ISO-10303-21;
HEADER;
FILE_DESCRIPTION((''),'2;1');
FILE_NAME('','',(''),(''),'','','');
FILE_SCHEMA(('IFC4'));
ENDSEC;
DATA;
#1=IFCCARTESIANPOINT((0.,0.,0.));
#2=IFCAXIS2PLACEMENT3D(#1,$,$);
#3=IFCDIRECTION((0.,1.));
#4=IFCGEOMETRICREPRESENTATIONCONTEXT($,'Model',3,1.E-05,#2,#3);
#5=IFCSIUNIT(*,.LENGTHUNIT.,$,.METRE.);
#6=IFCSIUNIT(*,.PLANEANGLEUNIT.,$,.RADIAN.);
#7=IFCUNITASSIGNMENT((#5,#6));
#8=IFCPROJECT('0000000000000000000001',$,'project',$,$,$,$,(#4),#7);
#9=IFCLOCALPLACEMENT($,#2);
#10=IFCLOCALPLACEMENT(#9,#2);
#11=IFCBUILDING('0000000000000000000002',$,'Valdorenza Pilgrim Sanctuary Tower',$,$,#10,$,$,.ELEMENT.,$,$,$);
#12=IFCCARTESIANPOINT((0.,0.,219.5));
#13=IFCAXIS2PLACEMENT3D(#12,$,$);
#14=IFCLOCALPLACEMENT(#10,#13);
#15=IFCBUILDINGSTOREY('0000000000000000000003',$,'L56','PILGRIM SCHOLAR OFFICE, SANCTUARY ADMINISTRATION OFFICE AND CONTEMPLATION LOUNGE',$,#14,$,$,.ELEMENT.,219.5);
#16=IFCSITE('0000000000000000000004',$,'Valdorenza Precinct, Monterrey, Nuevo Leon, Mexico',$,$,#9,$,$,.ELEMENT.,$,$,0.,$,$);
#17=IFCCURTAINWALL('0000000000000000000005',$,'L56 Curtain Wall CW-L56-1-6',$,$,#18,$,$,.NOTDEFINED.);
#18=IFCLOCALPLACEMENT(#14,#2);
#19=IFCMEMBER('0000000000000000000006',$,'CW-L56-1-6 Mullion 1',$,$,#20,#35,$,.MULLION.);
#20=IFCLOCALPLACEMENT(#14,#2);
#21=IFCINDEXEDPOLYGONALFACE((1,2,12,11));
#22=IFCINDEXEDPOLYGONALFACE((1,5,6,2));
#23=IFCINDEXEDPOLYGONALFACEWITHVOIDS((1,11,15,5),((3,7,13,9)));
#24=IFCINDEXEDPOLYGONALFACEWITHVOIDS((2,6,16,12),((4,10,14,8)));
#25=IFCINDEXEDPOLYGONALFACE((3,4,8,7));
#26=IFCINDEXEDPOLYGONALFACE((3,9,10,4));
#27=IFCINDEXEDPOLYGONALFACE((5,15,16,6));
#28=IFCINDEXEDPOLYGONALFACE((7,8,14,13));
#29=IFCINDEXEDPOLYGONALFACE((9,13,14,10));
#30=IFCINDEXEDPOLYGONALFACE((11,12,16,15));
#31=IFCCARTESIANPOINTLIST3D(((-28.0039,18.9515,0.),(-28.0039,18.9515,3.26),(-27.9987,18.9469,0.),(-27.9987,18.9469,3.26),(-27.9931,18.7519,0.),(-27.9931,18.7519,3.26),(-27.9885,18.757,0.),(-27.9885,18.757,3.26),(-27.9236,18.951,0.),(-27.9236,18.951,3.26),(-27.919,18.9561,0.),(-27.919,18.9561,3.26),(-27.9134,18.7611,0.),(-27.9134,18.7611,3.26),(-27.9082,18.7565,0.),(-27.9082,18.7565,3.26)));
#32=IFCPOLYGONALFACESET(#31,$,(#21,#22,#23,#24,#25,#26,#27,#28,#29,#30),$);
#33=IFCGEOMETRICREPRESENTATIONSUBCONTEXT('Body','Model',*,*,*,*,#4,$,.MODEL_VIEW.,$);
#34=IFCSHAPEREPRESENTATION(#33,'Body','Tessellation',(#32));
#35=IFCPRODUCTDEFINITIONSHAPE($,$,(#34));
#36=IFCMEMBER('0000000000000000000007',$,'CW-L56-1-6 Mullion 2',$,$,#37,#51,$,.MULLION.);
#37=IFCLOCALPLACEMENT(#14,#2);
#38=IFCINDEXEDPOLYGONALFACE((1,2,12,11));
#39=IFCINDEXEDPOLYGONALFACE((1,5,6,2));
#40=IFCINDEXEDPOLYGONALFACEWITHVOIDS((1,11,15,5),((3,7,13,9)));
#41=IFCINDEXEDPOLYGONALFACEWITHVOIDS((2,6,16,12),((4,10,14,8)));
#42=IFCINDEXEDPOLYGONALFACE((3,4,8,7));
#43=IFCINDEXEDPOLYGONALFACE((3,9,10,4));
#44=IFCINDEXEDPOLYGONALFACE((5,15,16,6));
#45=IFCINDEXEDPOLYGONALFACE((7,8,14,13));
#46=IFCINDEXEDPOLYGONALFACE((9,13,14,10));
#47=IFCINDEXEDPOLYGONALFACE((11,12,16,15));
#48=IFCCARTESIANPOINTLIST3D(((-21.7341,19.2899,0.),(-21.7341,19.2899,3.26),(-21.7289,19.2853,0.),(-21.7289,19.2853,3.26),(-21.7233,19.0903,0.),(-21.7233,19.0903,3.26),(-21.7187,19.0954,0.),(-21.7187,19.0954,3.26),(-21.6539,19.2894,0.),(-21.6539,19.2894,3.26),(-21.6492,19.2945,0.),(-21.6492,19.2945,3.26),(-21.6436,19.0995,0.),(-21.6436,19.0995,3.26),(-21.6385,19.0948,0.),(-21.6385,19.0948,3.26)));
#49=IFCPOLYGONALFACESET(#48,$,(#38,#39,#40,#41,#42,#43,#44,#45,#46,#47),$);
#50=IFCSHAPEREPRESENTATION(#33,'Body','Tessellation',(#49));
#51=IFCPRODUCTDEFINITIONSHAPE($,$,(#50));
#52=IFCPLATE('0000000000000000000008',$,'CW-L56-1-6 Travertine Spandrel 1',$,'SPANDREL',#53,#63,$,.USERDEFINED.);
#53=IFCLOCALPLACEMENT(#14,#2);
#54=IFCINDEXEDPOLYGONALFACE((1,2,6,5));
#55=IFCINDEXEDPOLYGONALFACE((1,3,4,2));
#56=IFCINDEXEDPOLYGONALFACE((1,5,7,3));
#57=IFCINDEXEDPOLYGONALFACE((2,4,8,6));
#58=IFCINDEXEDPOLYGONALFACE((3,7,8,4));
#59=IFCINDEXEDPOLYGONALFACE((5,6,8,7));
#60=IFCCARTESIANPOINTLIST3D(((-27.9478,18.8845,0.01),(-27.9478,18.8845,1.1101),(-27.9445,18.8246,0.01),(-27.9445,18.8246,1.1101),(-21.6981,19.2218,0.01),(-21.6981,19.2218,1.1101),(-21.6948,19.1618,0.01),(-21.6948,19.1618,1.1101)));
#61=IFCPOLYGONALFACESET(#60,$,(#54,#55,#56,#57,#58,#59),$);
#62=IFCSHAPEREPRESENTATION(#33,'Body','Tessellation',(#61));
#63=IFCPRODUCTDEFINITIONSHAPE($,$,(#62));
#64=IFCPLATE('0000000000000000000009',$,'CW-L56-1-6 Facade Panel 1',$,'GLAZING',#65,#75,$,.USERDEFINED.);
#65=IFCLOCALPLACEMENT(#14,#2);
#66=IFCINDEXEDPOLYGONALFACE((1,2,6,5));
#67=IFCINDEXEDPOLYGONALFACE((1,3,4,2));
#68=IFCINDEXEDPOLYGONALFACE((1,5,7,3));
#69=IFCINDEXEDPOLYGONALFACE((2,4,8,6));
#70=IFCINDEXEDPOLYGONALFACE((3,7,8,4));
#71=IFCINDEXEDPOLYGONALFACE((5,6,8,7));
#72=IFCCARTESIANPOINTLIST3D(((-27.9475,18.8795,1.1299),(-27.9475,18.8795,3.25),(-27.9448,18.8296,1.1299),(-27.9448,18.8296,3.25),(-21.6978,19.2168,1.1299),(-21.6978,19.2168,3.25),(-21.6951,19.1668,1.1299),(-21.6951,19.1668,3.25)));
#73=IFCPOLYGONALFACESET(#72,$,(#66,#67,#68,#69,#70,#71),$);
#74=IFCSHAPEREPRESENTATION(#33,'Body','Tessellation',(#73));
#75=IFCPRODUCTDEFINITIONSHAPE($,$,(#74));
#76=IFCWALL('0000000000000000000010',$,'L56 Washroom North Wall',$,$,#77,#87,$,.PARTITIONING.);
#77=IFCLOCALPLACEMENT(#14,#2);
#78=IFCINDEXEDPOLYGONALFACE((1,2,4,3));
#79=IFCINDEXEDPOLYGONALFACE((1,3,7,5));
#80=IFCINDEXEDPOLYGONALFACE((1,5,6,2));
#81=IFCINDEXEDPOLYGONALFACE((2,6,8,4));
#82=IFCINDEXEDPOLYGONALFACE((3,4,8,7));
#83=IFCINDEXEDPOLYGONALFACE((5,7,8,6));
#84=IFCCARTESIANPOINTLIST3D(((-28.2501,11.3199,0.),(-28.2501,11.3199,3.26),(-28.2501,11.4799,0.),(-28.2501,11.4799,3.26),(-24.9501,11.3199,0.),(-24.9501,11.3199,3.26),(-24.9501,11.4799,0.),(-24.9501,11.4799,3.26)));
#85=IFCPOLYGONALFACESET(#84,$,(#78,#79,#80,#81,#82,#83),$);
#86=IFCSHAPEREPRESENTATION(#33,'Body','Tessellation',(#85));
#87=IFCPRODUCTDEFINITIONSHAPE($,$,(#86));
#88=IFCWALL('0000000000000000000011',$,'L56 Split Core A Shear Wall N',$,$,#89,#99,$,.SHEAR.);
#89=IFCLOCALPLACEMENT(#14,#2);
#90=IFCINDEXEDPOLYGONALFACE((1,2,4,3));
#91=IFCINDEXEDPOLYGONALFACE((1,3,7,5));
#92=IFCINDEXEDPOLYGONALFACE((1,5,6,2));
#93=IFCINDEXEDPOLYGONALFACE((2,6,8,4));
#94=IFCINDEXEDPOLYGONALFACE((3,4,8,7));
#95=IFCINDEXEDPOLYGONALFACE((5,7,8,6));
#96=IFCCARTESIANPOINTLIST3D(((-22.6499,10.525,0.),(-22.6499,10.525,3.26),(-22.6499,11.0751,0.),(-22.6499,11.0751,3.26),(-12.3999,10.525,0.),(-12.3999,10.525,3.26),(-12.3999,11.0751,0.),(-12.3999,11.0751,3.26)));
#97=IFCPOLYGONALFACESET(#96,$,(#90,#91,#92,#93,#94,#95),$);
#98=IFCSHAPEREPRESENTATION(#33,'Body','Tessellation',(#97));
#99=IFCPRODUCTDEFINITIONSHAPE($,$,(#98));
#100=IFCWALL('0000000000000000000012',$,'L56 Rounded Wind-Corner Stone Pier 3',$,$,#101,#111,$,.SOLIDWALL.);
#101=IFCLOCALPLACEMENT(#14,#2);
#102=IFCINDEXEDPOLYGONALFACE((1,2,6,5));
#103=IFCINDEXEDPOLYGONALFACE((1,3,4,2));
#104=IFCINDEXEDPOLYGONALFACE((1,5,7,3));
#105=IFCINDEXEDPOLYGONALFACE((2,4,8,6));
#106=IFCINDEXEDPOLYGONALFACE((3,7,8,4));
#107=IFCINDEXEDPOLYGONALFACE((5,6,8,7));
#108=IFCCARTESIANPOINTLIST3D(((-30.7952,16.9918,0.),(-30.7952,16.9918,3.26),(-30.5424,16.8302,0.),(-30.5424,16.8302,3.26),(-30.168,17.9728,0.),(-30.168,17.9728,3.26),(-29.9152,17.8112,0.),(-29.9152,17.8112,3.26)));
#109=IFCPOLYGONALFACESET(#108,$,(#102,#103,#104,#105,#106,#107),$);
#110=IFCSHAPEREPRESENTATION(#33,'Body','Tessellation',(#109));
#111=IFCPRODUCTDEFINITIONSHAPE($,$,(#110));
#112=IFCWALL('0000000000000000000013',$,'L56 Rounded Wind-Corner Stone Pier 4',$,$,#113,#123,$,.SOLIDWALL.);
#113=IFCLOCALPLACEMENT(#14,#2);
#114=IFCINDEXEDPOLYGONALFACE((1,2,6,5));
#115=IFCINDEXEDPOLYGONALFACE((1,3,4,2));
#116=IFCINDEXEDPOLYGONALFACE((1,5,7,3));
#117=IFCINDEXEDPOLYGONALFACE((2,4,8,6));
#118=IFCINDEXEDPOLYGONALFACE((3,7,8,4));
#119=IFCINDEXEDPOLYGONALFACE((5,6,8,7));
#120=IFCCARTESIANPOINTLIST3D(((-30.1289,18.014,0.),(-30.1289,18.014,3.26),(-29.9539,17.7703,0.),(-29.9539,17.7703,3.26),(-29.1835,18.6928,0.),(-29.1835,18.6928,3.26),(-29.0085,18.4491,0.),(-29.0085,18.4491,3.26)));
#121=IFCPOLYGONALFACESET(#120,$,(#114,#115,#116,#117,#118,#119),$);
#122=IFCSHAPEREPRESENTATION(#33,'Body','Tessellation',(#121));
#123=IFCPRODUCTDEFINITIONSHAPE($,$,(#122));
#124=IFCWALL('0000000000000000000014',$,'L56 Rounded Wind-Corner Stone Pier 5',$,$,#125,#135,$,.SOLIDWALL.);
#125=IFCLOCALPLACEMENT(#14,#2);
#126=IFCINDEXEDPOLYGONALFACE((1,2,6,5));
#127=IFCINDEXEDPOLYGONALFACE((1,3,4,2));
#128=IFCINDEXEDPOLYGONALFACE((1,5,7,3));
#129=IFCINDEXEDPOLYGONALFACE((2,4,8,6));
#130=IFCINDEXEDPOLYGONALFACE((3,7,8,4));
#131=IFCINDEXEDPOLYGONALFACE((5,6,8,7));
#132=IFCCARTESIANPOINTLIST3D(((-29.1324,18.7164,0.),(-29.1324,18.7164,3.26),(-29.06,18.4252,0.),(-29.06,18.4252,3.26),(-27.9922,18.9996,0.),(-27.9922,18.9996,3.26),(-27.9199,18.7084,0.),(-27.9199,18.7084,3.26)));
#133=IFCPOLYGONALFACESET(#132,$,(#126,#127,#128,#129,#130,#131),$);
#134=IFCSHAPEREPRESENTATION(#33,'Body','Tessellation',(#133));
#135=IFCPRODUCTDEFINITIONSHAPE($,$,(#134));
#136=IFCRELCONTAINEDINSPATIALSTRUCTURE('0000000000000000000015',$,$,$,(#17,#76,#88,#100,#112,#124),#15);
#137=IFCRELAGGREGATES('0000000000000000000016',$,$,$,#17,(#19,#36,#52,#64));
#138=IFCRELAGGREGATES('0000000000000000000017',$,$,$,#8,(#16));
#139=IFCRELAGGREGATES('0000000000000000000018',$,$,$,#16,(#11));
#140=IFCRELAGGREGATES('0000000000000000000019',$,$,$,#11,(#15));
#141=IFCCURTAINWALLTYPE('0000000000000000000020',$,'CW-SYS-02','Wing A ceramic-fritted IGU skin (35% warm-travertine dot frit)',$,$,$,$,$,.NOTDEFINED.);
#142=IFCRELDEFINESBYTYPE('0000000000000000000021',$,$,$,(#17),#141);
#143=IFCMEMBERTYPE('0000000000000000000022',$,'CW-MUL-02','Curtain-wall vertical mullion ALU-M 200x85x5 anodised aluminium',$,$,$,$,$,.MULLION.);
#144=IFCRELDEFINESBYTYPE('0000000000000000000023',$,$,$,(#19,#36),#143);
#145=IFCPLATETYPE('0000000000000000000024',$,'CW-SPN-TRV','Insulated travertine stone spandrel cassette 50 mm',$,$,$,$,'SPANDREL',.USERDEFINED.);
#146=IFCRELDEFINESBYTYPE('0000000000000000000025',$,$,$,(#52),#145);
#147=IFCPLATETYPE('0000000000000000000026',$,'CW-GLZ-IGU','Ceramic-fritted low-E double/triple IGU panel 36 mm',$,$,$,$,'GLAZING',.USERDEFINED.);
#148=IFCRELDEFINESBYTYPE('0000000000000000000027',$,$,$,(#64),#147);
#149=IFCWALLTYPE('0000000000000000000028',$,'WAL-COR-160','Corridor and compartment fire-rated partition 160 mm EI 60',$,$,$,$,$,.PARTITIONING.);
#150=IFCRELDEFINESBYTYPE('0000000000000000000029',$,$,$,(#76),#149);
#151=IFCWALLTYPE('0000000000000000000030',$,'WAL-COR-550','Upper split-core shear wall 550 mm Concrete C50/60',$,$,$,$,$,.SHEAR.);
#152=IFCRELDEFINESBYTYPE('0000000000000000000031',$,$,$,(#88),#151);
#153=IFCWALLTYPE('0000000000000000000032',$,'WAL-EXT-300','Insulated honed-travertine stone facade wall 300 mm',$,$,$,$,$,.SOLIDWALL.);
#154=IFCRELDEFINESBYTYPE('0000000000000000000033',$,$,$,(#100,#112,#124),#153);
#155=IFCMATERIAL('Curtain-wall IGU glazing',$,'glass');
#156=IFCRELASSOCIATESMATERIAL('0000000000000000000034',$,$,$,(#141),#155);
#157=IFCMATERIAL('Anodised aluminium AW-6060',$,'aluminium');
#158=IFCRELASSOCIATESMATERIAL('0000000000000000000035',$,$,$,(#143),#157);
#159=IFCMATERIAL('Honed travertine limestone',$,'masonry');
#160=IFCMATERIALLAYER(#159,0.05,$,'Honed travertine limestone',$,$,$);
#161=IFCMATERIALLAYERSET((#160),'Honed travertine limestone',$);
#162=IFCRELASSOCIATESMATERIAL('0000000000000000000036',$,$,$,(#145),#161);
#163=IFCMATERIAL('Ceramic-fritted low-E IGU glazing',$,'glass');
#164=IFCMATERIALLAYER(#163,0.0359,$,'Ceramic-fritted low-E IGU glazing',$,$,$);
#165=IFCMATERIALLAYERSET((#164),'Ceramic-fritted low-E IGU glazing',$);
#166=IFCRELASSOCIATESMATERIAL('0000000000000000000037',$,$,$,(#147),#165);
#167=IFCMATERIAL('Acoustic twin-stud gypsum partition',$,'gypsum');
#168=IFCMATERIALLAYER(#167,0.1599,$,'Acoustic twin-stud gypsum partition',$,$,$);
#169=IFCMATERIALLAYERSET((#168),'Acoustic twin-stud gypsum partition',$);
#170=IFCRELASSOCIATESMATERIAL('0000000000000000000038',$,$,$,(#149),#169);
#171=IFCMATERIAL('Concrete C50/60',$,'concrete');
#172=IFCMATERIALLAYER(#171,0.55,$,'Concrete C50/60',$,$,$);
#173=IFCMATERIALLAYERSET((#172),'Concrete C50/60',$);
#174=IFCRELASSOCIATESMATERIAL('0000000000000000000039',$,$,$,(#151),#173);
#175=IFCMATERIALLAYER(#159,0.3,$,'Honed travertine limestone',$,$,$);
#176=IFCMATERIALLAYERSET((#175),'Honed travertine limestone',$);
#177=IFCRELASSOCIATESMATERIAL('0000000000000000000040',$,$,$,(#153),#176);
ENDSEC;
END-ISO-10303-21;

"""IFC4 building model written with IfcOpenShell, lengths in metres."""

from ifc_helpers import new_model, si_unit, direction, frame, frame_2d, origin, origin_2d, place, context, subcontext, project, spatial, rectangle, hollow_rectangle, extrude, source, transform, mapped, material, layer, layer_set, material_profile, profile_set, type_object, element, aggregate, save


model = new_model("IFC4")

# Units and contexts
model_context = context("Model", 3, precision=1e-05, world=origin(), true_north=direction((0.0, 1.0)))
body_context = subcontext(model_context, "Body", "Model", "MODEL_VIEW")
ifc_project = project(units=[si_unit("LENGTHUNIT", "METRE"), si_unit("PLANEANGLEUNIT", "RADIAN")], contexts=[model_context])

# Site, building, storey
site_placement = place(None, origin())
site = spatial("IfcSite", under=ifc_project, at=site_placement, Name="Valdorenza Precinct, Monterrey, Nuevo Leon, Mexico", CompositionType="ELEMENT", RefElevation=0.0)
building_placement = place(site_placement, origin())
building = spatial("IfcBuilding", under=site, at=building_placement, Name="Valdorenza Pilgrim Sanctuary Tower", CompositionType="ELEMENT")
storey_placement = place(building_placement, frame((0.0, 0.0, 219.5)))
storey = spatial("IfcBuildingStorey", under=building, at=storey_placement, Name="L56", Description="PILGRIM SCHOLAR OFFICE, SANCTUARY ADMINISTRATION OFFICE AND CONTEMPLATION LOUNGE", CompositionType="ELEMENT", Elevation=219.5)

# Shared definitions
ifc_material_1 = material(Name="Concrete C50/60", Category="concrete")

# Curtain wall, members, plates
ifc_material_2 = material(Name="Curtain-wall IGU glazing", Category="glass")
curtain_wall_type = type_object("IfcCurtainWallType", Name="CW-SYS-02", Description="Wing A ceramic-fritted IGU skin (35% warm-travertine dot frit)", PredefinedType="NOTDEFINED", material=ifc_material_2)
curtain_wall_placement = place(storey_placement, origin())
curtain_wall = element("IfcCurtainWall", 1, at=curtain_wall_placement, inside=storey, type_object=curtain_wall_type, Name="L56 Curtain Wall CW-L56-1-6", PredefinedType="NOTDEFINED")
ifc_material_3 = material(Name="Anodised aluminium AW-6060", Category="aluminium")
ifc_material_profile_1 = material_profile(ifc_material_3, hollow_rectangle(XDim=0.085, YDim=0.2, WallThickness=0.0049, at=origin_2d()), Name="ALU-M 200x85x5")
ifc_profile_set_1 = profile_set([ifc_material_profile_1], Name="Anodised aluminium AW-6060")
member_type_1 = type_object("IfcMemberType", Name="CW-MUL-02", Description="Curtain-wall vertical mullion ALU-M 200x85x5 anodised aluminium", PredefinedType="MULLION", material=ifc_profile_set_1)
shared_shape_1 = source(origin(), body_context, "Body", "SweptSolid", [
    extrude(hollow_rectangle(XDim=0.085, YDim=0.2, WallThickness=0.0049, at=origin_2d()), origin(), (0.0, 0.0, 1.0), 3.26),
])
member_1_placement = place(storey_placement, frame((-27.9561, 18.854, 0.0), z_axis=(0.0, 0.0, 1.0), x_axis=(0.998547, 0.053887, 0.0)))
member_1 = element("IfcMember", 2, at=member_1_placement, type_object=member_type_1, Name="CW-L56-1-6 Mullion 1", PredefinedType="MULLION", context=body_context, shape_type="MappedRepresentation", body=[
    mapped(shared_shape_1, transform((0.0, 0.0, 0.0), x_axis=(1.0, 0.0, 0.0), y_axis=(0.0, 1.0, 0.0), z_axis=(0.0, 0.0, 1.0), scale=1.0)),
])
member_2_placement = place(storey_placement, frame((-21.6863, 19.1924, 0.0), z_axis=(0.0, 0.0, 1.0), x_axis=(0.998547, 0.053887, 0.0)))
member_2 = element("IfcMember", 3, at=member_2_placement, type_object=member_type_1, Name="CW-L56-1-6 Mullion 2", PredefinedType="MULLION", context=body_context, shape_type="MappedRepresentation", body=[
    mapped(shared_shape_1, transform((0.0, 0.0, 0.0), x_axis=(1.0, 0.0, 0.0), y_axis=(0.0, 1.0, 0.0), z_axis=(0.0, 0.0, 1.0), scale=1.0)),
])
ifc_material_4 = material(Name="Honed travertine limestone", Category="masonry")
ifc_layer_1 = layer(ifc_material_4, 0.05, Name="Honed travertine limestone")
ifc_layer_set_1 = layer_set([ifc_layer_1], Name="Honed travertine limestone")
plate_type_1 = type_object("IfcPlateType", Name="CW-SPN-TRV", Description="Insulated travertine stone spandrel cassette 50 mm", ElementType="SPANDREL", PredefinedType="USERDEFINED", material=ifc_layer_set_1)
shared_shape_2 = source(origin(), body_context, "Body", "SweptSolid", [
    extrude(rectangle(XDim=6.2588, YDim=0.0601, at=origin_2d()), origin(), (0.0, 0.0, 1.0), 1.1001),
])
plate_1_placement = place(storey_placement, frame((-24.8213, 19.0232, 0.01), z_axis=(0.0, 0.0, 1.0), x_axis=(0.998547, 0.053887, 0.0)))
plate_1 = element("IfcPlate", 4, at=plate_1_placement, type_object=plate_type_1, Name="CW-L56-1-6 Travertine Spandrel 1", ObjectType="SPANDREL", PredefinedType="USERDEFINED", context=body_context, shape_type="MappedRepresentation", body=[
    mapped(shared_shape_2, transform((0.0, 0.0, 0.0), x_axis=(1.0, 0.0, 0.0), y_axis=(0.0, 1.0, 0.0), z_axis=(0.0, 0.0, 1.0), scale=1.0)),
])
ifc_material_5 = material(Name="Ceramic-fritted low-E IGU glazing", Category="glass")
ifc_layer_2 = layer(ifc_material_5, 0.0359, Name="Ceramic-fritted low-E IGU glazing")
ifc_layer_set_2 = layer_set([ifc_layer_2], Name="Ceramic-fritted low-E IGU glazing")
plate_type_2 = type_object("IfcPlateType", Name="CW-GLZ-IGU", Description="Ceramic-fritted low-E double/triple IGU panel 36 mm", ElementType="GLAZING", PredefinedType="USERDEFINED", material=ifc_layer_set_2)
shared_shape_3 = source(origin(), body_context, "Body", "SweptSolid", [
    extrude(rectangle(XDim=6.2588, YDim=0.05, at=origin_2d()), origin(), (0.0, 0.0, 1.0), 2.1201),
])
plate_2_placement = place(storey_placement, frame((-24.8213, 19.0232, 1.1299), z_axis=(0.0, 0.0, 1.0), x_axis=(0.998547, 0.053887, 0.0)))
plate_2 = element("IfcPlate", 5, at=plate_2_placement, type_object=plate_type_2, Name="CW-L56-1-6 Facade Panel 1", ObjectType="GLAZING", PredefinedType="USERDEFINED", context=body_context, shape_type="MappedRepresentation", body=[
    mapped(shared_shape_3, transform((0.0, 0.0, 0.0), x_axis=(1.0, 0.0, 0.0), y_axis=(0.0, 1.0, 0.0), z_axis=(0.0, 0.0, 1.0), scale=1.0)),
])
aggregate(curtain_wall, [member_1, member_2, plate_1, plate_2])

# Walls
ifc_material_6 = material(Name="Acoustic twin-stud gypsum partition", Category="gypsum")
ifc_layer_3 = layer(ifc_material_6, 0.1599, Name="Acoustic twin-stud gypsum partition")
ifc_layer_set_3 = layer_set([ifc_layer_3], Name="Acoustic twin-stud gypsum partition")
wall_type_1 = type_object("IfcWallType", Name="WAL-COR-160", Description="Corridor and compartment fire-rated partition 160 mm EI 60", PredefinedType="PARTITIONING", material=ifc_layer_set_3)
wall_1_placement = place(storey_placement, frame((-28.25, 11.3999, 0.0), z_axis=(0.0, 0.0, 1.0), x_axis=(1.0, 0.0, 0.0)))
element("IfcWall", 6, at=wall_1_placement, inside=storey, type_object=wall_type_1, Name="L56 Washroom North Wall", PredefinedType="PARTITIONING", context=body_context, shape_type="SweptSolid", body=[
    extrude(rectangle(XDim=3.3, YDim=0.1599, at=frame_2d((1.6499, 0.0))), origin(), (0.0, 0.0, 1.0), 3.26),
])
ifc_layer_4 = layer(ifc_material_1, 0.55, Name="Concrete C50/60")
ifc_layer_set_4 = layer_set([ifc_layer_4], Name="Concrete C50/60")
wall_type_2 = type_object("IfcWallType", Name="WAL-COR-550", Description="Upper split-core shear wall 550 mm Concrete C50/60", PredefinedType="SHEAR", material=ifc_layer_set_4)
wall_2_placement = place(storey_placement, frame((-22.6499, 10.8, 0.0), z_axis=(0.0, 0.0, 1.0), x_axis=(1.0, 0.0, 0.0)))
element("IfcWall", 7, at=wall_2_placement, inside=storey, type_object=wall_type_2, Name="L56 Split Core A Shear Wall N", PredefinedType="SHEAR", context=body_context, shape_type="SweptSolid", body=[
    extrude(rectangle(XDim=10.25, YDim=0.55, at=frame_2d((5.125, 0.0))), origin(), (0.0, 0.0, 1.0), 3.26),
])
ifc_layer_5 = layer(ifc_material_4, 0.3, Name="Honed travertine limestone")
ifc_layer_set_5 = layer_set([ifc_layer_5], Name="Honed travertine limestone")
wall_type_3 = type_object("IfcWallType", Name="WAL-EXT-300", Description="Insulated honed-travertine stone facade wall 300 mm", PredefinedType="SOLIDWALL", material=ifc_layer_set_5)
wall_3_placement = place(storey_placement, frame((-30.6687, 16.9111, 0.0), z_axis=(0.0, 0.0, 1.0), x_axis=(0.538679, 0.842511, 0.0)))
element("IfcWall", 8, at=wall_3_placement, inside=storey, type_object=wall_type_3, Name="L56 Rounded Wind-Corner Stone Pier 3", PredefinedType="SOLIDWALL", context=body_context, shape_type="SweptSolid", body=[
    extrude(rectangle(XDim=1.1643, YDim=0.3, at=frame_2d((0.582, 0.0))), origin(), (0.0, 0.0, 1.0), 3.26),
])
wall_4_placement = place(storey_placement, frame((-30.0415, 17.8921, 0.0), z_axis=(0.0, 0.0, 1.0), x_axis=(0.812314, 0.583221, 0.0)))
element("IfcWall", 9, at=wall_4_placement, inside=storey, type_object=wall_type_3, Name="L56 Rounded Wind-Corner Stone Pier 4", PredefinedType="SOLIDWALL", context=body_context, shape_type="SweptSolid", body=[
    extrude(rectangle(XDim=1.1638, YDim=0.3, at=frame_2d((0.582, 0.0))), origin(), (0.0, 0.0, 1.0), 3.26),
])
wall_5_placement = place(storey_placement, frame((-29.0962, 18.5708, 0.0), z_axis=(0.0, 0.0, 1.0), x_axis=(0.970508, 0.241068, 0.0)))
element("IfcWall", 10, at=wall_5_placement, inside=storey, type_object=wall_type_3, Name="L56 Rounded Wind-Corner Stone Pier 5", PredefinedType="SOLIDWALL", context=body_context, shape_type="SweptSolid", body=[
    extrude(rectangle(XDim=1.1748, YDim=0.3, at=frame_2d((0.5874, 0.0))), origin(), (0.0, 0.0, 1.0), 3.26),
])

save(model, "model.ifc")
